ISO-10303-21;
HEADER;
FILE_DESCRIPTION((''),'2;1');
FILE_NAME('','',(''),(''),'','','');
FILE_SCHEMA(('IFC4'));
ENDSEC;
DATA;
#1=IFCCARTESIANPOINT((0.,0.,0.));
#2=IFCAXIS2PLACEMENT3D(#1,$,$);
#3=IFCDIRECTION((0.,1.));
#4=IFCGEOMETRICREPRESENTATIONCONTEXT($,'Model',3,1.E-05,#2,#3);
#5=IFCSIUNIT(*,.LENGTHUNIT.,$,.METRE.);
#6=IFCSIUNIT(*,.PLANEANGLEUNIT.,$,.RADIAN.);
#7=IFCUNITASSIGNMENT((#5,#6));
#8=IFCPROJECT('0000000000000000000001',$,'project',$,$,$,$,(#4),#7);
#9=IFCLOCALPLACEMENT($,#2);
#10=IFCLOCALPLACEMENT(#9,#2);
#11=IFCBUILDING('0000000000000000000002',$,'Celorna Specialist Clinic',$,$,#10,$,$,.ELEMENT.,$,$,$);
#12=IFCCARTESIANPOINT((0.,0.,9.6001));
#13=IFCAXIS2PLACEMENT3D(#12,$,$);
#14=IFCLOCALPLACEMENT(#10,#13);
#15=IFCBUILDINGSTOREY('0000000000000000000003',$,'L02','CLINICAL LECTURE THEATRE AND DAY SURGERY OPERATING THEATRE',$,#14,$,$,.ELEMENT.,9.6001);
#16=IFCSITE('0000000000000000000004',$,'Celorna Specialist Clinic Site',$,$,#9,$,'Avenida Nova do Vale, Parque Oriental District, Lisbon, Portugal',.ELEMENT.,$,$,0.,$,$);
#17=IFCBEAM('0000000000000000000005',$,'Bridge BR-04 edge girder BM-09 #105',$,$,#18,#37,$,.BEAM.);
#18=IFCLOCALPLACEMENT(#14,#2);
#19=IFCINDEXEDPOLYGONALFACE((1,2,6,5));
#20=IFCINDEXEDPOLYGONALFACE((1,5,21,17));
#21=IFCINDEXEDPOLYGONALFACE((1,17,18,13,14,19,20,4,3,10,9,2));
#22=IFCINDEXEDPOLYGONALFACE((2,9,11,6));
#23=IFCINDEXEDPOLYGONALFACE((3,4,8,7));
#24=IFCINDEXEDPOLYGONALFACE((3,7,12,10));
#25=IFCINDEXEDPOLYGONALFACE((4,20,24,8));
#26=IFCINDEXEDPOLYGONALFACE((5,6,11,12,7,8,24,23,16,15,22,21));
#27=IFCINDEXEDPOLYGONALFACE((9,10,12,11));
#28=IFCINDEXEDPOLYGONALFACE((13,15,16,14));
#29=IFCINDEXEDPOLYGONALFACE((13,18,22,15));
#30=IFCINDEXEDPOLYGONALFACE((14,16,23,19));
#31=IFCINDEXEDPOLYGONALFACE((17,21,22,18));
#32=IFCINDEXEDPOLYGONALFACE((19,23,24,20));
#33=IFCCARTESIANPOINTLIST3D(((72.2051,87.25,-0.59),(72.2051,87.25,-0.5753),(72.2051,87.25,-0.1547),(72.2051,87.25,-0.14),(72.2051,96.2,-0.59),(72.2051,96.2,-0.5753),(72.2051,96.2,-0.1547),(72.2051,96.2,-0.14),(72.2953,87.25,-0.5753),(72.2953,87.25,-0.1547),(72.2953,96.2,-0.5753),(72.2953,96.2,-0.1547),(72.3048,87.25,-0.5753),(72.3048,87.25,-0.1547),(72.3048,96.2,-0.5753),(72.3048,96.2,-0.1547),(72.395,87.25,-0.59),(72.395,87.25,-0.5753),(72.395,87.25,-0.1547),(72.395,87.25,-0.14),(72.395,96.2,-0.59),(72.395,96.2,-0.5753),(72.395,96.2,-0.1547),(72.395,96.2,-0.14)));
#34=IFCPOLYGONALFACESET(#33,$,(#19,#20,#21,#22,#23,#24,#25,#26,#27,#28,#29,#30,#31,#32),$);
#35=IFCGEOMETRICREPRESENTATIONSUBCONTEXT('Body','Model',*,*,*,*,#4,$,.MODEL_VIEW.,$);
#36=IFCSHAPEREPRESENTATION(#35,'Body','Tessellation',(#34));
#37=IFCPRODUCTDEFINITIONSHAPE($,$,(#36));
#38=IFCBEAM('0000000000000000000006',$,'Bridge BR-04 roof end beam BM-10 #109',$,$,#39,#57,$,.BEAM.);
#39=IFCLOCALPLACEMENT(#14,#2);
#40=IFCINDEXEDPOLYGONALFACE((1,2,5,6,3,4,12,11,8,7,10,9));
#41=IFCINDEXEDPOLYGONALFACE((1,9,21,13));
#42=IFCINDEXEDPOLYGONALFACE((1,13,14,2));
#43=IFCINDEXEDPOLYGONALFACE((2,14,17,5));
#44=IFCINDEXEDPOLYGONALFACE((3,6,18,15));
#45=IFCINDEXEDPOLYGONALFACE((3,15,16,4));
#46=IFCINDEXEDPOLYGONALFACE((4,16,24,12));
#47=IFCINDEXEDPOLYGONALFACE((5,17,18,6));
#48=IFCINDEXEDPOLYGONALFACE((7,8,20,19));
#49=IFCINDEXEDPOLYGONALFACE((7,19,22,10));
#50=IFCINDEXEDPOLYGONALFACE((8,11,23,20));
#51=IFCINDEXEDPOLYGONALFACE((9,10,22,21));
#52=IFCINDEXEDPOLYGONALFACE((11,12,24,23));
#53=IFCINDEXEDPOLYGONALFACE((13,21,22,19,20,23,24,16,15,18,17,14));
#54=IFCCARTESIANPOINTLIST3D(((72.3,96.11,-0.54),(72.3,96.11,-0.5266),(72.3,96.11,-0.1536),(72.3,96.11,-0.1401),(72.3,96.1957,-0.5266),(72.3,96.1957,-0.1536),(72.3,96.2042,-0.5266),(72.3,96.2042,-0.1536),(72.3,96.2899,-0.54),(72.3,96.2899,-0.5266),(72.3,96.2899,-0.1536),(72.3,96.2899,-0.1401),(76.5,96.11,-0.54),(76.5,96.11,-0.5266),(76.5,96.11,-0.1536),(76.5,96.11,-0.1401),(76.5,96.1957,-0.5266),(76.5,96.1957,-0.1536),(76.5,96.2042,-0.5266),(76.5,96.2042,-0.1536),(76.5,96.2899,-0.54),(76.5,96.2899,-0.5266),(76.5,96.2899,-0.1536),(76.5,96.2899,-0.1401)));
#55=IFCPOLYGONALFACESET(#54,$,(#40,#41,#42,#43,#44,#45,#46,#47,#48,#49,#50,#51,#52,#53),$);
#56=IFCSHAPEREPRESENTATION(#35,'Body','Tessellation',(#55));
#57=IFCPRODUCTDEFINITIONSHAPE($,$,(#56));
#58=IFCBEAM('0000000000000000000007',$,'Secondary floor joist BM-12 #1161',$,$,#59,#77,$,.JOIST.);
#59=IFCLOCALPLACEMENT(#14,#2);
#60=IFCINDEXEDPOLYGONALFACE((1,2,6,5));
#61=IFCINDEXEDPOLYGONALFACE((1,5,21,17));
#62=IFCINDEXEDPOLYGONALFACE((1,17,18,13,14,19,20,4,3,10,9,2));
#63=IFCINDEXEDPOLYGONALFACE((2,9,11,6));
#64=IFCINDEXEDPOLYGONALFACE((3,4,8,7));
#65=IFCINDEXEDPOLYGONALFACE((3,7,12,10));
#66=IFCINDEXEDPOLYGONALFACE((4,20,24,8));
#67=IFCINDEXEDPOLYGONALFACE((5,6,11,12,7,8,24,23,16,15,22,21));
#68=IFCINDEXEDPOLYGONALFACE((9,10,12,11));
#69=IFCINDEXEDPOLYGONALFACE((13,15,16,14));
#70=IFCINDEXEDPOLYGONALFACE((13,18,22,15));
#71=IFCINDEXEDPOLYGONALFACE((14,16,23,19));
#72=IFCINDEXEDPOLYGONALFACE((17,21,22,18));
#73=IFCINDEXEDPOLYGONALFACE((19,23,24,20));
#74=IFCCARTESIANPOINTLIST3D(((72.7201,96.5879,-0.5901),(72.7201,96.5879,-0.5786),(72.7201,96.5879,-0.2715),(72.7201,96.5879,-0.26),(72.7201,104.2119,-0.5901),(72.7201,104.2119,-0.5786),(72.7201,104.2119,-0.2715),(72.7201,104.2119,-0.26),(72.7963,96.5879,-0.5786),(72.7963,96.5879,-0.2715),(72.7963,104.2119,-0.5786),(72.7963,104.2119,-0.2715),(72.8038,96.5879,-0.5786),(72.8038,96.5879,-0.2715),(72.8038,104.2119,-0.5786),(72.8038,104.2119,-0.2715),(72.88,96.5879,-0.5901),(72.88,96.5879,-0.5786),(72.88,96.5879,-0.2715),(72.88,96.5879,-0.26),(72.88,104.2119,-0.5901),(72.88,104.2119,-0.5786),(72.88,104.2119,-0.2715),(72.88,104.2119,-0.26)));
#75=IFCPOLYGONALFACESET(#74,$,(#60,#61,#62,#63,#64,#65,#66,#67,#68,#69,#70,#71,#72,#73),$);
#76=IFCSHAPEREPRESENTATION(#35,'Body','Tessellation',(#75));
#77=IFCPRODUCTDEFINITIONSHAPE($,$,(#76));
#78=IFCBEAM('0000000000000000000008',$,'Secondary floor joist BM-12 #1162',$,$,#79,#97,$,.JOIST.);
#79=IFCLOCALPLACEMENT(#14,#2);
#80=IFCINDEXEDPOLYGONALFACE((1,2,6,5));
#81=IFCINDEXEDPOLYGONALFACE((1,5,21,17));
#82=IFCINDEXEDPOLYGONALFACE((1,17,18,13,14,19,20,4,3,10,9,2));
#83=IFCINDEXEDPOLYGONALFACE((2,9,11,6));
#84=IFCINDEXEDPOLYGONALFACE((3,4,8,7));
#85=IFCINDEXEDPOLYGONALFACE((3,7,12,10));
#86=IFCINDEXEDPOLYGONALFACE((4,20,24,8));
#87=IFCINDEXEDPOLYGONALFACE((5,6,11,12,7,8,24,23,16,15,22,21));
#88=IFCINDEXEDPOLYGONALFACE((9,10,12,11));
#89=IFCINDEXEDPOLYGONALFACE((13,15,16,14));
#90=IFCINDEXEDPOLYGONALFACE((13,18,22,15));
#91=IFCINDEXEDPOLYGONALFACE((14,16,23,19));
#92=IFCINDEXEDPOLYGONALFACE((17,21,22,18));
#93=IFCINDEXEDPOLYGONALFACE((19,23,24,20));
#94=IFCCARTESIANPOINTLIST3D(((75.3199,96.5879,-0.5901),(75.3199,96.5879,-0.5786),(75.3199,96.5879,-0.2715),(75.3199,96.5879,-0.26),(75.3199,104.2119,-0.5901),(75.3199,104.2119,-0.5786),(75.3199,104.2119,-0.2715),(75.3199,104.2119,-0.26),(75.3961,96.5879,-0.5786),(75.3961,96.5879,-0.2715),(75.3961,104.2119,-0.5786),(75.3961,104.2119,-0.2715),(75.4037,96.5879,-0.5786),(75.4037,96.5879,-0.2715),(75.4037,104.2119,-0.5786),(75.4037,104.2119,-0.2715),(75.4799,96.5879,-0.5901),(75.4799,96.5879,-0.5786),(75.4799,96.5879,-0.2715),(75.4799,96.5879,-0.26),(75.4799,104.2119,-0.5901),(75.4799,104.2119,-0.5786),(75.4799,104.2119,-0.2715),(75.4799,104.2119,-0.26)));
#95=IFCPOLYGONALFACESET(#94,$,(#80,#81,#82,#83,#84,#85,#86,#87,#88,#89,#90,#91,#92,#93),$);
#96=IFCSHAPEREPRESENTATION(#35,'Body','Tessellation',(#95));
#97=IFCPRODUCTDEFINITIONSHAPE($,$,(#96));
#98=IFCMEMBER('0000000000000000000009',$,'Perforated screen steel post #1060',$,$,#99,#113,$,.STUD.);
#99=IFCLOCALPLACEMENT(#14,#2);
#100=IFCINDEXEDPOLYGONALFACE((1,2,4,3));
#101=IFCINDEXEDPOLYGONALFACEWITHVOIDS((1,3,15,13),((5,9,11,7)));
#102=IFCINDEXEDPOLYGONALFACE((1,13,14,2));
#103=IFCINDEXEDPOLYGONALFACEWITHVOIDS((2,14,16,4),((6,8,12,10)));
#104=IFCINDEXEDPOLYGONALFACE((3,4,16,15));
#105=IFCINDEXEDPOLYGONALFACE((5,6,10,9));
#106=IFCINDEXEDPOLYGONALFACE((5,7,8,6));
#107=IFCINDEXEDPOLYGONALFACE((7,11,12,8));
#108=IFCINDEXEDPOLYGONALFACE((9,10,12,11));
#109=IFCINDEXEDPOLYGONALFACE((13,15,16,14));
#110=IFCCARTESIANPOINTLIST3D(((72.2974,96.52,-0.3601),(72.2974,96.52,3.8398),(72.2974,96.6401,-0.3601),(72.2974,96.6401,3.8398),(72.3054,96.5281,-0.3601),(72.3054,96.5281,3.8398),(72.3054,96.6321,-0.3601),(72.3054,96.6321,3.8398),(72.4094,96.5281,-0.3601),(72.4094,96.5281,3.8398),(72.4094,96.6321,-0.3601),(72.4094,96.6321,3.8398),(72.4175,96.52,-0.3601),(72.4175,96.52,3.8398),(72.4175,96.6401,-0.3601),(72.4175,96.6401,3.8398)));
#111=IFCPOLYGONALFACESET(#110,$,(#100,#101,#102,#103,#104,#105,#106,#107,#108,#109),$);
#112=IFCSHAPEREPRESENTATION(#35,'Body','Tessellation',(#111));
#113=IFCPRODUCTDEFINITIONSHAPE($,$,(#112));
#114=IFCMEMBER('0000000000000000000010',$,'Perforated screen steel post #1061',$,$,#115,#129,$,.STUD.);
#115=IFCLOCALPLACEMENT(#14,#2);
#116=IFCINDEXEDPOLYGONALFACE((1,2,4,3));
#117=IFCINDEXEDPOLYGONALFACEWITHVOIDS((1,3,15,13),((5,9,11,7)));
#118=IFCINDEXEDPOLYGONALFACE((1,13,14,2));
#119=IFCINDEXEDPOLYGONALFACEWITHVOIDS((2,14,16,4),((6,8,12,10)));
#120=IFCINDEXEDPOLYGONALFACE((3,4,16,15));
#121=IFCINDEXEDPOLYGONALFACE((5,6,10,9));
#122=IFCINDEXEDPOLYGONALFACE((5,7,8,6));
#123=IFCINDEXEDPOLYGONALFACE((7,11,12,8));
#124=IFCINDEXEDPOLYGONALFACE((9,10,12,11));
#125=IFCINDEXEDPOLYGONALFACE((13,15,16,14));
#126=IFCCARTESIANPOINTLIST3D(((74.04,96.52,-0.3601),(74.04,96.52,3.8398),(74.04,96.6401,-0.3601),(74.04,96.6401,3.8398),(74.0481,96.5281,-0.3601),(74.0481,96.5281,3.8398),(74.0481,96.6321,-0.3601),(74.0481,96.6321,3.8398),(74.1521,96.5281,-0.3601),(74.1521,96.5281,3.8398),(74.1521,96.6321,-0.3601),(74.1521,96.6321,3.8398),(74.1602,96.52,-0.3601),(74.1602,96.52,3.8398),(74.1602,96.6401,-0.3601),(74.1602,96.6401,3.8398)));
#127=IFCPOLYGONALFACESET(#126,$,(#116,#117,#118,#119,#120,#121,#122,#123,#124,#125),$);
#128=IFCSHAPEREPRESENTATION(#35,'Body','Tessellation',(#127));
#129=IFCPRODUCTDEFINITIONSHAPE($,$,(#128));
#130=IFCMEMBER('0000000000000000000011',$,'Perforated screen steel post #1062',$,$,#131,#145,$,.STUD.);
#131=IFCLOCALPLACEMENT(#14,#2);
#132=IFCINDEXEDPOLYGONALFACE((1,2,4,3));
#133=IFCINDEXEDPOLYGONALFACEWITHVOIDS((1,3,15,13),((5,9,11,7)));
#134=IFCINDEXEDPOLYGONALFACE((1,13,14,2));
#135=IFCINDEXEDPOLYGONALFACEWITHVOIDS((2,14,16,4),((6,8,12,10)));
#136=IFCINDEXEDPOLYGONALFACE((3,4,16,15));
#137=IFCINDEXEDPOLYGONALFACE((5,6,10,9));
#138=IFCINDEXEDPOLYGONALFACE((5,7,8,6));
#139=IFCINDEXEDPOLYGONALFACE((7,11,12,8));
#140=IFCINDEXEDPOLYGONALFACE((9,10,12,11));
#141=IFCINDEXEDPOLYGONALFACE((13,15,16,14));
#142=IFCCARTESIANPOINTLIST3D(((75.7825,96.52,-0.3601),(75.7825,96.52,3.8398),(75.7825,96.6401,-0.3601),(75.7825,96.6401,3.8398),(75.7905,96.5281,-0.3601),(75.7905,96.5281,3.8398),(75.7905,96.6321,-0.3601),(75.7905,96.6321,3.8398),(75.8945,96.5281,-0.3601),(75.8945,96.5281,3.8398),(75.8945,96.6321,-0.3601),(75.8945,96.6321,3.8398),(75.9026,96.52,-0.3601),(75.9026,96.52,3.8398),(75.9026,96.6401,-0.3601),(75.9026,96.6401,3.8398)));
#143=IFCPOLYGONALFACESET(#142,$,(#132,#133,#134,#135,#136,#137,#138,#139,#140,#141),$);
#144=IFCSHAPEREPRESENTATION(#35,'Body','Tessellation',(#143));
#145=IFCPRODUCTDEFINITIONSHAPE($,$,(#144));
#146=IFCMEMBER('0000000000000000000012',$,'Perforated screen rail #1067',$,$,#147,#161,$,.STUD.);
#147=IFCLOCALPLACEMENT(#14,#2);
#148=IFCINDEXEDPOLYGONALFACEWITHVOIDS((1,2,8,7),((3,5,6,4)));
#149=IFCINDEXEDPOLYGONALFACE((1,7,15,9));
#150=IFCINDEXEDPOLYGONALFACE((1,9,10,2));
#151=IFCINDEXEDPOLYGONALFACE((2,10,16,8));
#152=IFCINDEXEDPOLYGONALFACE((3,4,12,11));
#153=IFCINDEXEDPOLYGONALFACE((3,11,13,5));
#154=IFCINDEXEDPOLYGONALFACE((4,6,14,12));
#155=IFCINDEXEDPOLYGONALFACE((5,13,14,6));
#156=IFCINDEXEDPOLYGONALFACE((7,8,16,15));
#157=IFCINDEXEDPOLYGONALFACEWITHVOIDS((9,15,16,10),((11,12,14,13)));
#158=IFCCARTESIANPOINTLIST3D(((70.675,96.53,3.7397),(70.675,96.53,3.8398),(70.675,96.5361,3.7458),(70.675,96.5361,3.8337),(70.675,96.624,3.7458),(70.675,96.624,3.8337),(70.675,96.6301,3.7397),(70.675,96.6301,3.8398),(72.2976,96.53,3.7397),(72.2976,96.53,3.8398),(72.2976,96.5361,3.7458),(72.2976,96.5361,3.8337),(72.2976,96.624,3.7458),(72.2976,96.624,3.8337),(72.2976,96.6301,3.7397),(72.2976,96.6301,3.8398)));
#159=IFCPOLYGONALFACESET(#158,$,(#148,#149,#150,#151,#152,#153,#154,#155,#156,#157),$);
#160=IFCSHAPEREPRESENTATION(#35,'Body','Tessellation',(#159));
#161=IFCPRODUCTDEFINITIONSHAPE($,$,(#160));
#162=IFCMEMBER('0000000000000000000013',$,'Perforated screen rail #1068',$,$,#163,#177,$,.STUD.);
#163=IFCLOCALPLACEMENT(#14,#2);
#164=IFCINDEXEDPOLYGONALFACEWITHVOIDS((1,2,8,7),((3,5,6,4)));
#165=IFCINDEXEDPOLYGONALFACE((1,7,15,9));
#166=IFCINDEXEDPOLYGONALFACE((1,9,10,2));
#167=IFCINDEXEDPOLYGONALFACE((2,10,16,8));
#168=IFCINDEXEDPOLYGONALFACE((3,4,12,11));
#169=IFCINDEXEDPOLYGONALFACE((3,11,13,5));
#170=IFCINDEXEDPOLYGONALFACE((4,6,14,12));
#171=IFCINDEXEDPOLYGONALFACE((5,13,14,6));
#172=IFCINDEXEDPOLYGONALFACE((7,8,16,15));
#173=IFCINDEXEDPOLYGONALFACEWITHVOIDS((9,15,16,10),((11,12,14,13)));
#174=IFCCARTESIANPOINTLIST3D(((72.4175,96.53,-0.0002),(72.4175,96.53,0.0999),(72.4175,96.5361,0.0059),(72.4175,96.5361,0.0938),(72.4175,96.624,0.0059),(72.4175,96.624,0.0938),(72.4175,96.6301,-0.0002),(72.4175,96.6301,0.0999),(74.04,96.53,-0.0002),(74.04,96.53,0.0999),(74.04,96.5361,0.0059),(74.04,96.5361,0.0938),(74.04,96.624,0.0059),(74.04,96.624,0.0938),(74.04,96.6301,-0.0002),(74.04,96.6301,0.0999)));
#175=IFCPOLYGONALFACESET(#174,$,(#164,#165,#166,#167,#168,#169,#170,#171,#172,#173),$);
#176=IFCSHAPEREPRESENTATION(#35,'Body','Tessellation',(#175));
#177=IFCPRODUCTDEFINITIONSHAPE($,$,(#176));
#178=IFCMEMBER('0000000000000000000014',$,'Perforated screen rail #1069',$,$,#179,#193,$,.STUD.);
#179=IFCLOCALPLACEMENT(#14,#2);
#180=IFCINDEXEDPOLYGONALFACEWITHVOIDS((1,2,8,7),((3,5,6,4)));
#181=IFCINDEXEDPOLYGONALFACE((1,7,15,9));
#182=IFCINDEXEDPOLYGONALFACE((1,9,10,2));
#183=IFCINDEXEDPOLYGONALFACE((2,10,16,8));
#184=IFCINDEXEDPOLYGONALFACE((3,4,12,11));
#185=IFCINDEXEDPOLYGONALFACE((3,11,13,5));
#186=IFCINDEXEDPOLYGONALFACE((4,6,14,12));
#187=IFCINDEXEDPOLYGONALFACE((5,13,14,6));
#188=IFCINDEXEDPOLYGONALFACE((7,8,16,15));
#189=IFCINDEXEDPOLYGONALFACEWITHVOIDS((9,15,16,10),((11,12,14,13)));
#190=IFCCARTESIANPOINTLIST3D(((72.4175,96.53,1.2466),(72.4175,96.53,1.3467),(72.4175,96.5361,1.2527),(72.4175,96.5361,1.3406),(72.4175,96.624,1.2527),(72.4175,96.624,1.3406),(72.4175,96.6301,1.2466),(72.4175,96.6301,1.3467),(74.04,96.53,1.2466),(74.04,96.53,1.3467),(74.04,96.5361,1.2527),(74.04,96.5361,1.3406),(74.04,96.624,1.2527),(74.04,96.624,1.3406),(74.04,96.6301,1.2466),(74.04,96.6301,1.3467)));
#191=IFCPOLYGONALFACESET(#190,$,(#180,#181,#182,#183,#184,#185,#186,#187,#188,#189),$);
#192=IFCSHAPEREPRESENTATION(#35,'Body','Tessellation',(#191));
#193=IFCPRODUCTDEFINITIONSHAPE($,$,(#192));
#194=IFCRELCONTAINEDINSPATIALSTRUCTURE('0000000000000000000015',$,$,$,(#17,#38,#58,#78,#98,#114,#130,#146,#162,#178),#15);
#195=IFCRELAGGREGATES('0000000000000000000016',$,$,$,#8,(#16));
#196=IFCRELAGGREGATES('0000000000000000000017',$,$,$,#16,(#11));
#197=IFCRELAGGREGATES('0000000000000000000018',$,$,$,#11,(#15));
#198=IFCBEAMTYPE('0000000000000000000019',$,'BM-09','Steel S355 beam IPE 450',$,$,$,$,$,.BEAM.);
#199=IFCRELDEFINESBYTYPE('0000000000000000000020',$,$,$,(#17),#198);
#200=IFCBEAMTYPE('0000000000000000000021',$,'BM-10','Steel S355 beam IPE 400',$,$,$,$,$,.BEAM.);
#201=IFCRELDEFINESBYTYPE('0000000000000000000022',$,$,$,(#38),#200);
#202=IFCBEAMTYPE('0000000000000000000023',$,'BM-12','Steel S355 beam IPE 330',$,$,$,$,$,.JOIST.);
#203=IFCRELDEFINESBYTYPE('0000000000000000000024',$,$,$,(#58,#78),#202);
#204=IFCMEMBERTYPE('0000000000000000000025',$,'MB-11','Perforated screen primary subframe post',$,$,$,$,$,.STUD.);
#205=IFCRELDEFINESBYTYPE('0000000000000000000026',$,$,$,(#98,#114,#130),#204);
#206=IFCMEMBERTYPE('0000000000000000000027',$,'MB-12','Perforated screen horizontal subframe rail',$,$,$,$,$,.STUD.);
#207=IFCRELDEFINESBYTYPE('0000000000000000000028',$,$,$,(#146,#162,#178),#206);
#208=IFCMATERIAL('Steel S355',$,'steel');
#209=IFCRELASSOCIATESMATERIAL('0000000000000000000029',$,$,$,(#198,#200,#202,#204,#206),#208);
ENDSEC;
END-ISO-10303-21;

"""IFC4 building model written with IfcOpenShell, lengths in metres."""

from ifc_helpers import new_model, si_unit, direction, frame, origin, origin_2d, place, context, subcontext, project, spatial, hollow_rectangle, i_section, extrude, material, material_profile, profile_set, type_object, element, save


model = new_model("IFC4")

# Units and contexts
model_context = context("Model", 3, precision=1e-05, world=origin(), true_north=direction((0.0, 1.0)))
body_context = subcontext(model_context, "Body", "Model", "MODEL_VIEW")
ifc_project = project(units=[si_unit("LENGTHUNIT", "METRE"), si_unit("PLANEANGLEUNIT", "RADIAN")], contexts=[model_context])

# Site, building, storey
site_placement = place(None, origin())
site = spatial("IfcSite", under=ifc_project, at=site_placement, Name="Celorna Specialist Clinic Site", LongName="Avenida Nova do Vale, Parque Oriental District, Lisbon, Portugal", CompositionType="ELEMENT", RefElevation=0.0)
building_placement = place(site_placement, origin())
building = spatial("IfcBuilding", under=site, at=building_placement, Name="Celorna Specialist Clinic", CompositionType="ELEMENT")
storey_placement = place(building_placement, frame((0.0, 0.0, 9.6001)))
storey = spatial("IfcBuildingStorey", under=building, at=storey_placement, Name="L02", Description="CLINICAL LECTURE THEATRE AND DAY SURGERY OPERATING THEATRE", CompositionType="ELEMENT", Elevation=9.6001)

# Beams
ifc_material_1 = material(Name="Steel S355", Category="steel")
ifc_material_profile_1 = material_profile(ifc_material_1, i_section(OverallWidth=0.1899, OverallDepth=0.45, WebThickness=0.0095, FlangeThickness=0.0146, at=origin_2d()), Name="IPE 450")
ifc_profile_set_1 = profile_set([ifc_material_profile_1], Name="Steel S355")
beam_type_1 = type_object("IfcBeamType", Name="BM-09", Description="Steel S355 beam IPE 450", PredefinedType="BEAM", material=ifc_profile_set_1)
beam_1_placement = place(storey_placement, frame((72.3, 87.25, -0.365), z_axis=(0.0, 1.0, 0.0), x_axis=(-1.0, 0.0, 0.0)))
element("IfcBeam", 1, at=beam_1_placement, inside=storey, type_object=beam_type_1, Name="Bridge BR-04 edge girder BM-09 #105", PredefinedType="BEAM", context=body_context, shape_type="SweptSolid", body=[
    extrude(i_section(OverallWidth=0.1899, OverallDepth=0.45, WebThickness=0.0095, FlangeThickness=0.0146, at=origin_2d()), origin(), (0.0, 0.0, 1.0), 8.95),
])
ifc_material_profile_2 = material_profile(ifc_material_1, i_section(OverallWidth=0.1799, OverallDepth=0.3999, WebThickness=0.0085, FlangeThickness=0.0134, at=origin_2d()), Name="IPE 400")
ifc_profile_set_2 = profile_set([ifc_material_profile_2], Name="Steel S355")
beam_type_2 = type_object("IfcBeamType", Name="BM-10", Description="Steel S355 beam IPE 400", PredefinedType="BEAM", material=ifc_profile_set_2)
beam_2_placement = place(storey_placement, frame((72.3, 96.2, -0.3401), z_axis=(1.0, 0.0, 0.0), x_axis=(0.0, 1.0, 0.0)))
element("IfcBeam", 2, at=beam_2_placement, inside=storey, type_object=beam_type_2, Name="Bridge BR-04 roof end beam BM-10 #109", PredefinedType="BEAM", context=body_context, shape_type="SweptSolid", body=[
    extrude(i_section(OverallWidth=0.1799, OverallDepth=0.3999, WebThickness=0.0085, FlangeThickness=0.0134, at=origin_2d()), origin(), (0.0, 0.0, 1.0), 4.2),
])
ifc_material_profile_3 = material_profile(ifc_material_1, i_section(OverallWidth=0.1599, OverallDepth=0.3301, WebThickness=0.0076, FlangeThickness=0.0115, at=origin_2d()), Name="IPE 330")
ifc_profile_set_3 = profile_set([ifc_material_profile_3], Name="Steel S355")
beam_type_3 = type_object("IfcBeamType", Name="BM-12", Description="Steel S355 beam IPE 330", PredefinedType="JOIST", material=ifc_profile_set_3)
for number, where, z_axis, x_axis, name in (
    (3, (72.8, 96.5879, -0.425), (0.0, 1.0, 0.0), (-1.0, 0.0, 0.0), "Secondary floor joist BM-12 #1161"),
    (4, (75.3999, 96.5879, -0.425), (0.0, 1.0, 0.0), (-1.0, 0.0, 0.0), "Secondary floor joist BM-12 #1162"),
):
    element("IfcBeam", number, at=place(storey_placement, frame(where, z_axis=z_axis, x_axis=x_axis)), inside=storey, type_object=beam_type_3, Name=name, PredefinedType="JOIST", context=body_context, shape_type="SweptSolid", body=[
        extrude(i_section(OverallWidth=0.1599, OverallDepth=0.3301, WebThickness=0.0076, FlangeThickness=0.0115, at=origin_2d()), origin(), (0.0, 0.0, 1.0), 7.624),
    ])

# Members
ifc_material_profile_4 = material_profile(ifc_material_1, hollow_rectangle(XDim=0.1201, YDim=0.1201, WallThickness=0.0081, at=origin_2d()), Name="SHS 120x120x8")
ifc_profile_set_4 = profile_set([ifc_material_profile_4], Name="Steel S355")
member_type_1 = type_object("IfcMemberType", Name="MB-11", Description="Perforated screen primary subframe post", PredefinedType="STUD", material=ifc_profile_set_4)
for number, where, z_axis, x_axis, name in (
    (5, (72.3574, 96.5801, -0.3601), (0.0, 0.0, 1.0), (1.0, 0.0, 0.0), "Perforated screen steel post #1060"),
    (6, (74.1001, 96.5801, -0.3601), (0.0, 0.0, 1.0), (1.0, 0.0, 0.0), "Perforated screen steel post #1061"),
    (7, (75.8425, 96.5801, -0.3601), (0.0, 0.0, 1.0), (1.0, 0.0, 0.0), "Perforated screen steel post #1062"),
):
    element("IfcMember", number, at=place(storey_placement, frame(where, z_axis=z_axis, x_axis=x_axis)), inside=storey, type_object=member_type_1, Name=name, PredefinedType="STUD", context=body_context, shape_type="SweptSolid", body=[
        extrude(hollow_rectangle(XDim=0.1201, YDim=0.1201, WallThickness=0.0081, at=origin_2d()), origin(), (0.0, 0.0, 1.0), 4.2),
    ])
ifc_material_profile_5 = material_profile(ifc_material_1, hollow_rectangle(XDim=0.1001, YDim=0.1001, WallThickness=0.0061, at=origin_2d()), Name="SHS 100x100x6")
ifc_profile_set_5 = profile_set([ifc_material_profile_5], Name="Steel S355")
member_type_2 = type_object("IfcMemberType", Name="MB-12", Description="Perforated screen horizontal subframe rail", PredefinedType="STUD", material=ifc_profile_set_5)
for number, where, z_axis, x_axis, name in (
    (8, (70.675, 96.5801, 3.7898), (1.0, 0.0, 0.0), (0.0, 1.0, 0.0), "Perforated screen rail #1067"),
    (9, (72.4175, 96.5801, 0.0498), (1.0, 0.0, 0.0), (0.0, 1.0, 0.0), "Perforated screen rail #1068"),
    (10, (72.4175, 96.5801, 1.2966), (1.0, 0.0, 0.0), (0.0, 1.0, 0.0), "Perforated screen rail #1069"),
):
    element("IfcMember", number, at=place(storey_placement, frame(where, z_axis=z_axis, x_axis=x_axis)), inside=storey, type_object=member_type_2, Name=name, PredefinedType="STUD", context=body_context, shape_type="SweptSolid", body=[
        extrude(hollow_rectangle(XDim=0.1001, YDim=0.1001, WallThickness=0.0061, at=origin_2d()), origin(), (0.0, 0.0, 1.0), 1.6226),
    ])

save(model, "model.ifc")
